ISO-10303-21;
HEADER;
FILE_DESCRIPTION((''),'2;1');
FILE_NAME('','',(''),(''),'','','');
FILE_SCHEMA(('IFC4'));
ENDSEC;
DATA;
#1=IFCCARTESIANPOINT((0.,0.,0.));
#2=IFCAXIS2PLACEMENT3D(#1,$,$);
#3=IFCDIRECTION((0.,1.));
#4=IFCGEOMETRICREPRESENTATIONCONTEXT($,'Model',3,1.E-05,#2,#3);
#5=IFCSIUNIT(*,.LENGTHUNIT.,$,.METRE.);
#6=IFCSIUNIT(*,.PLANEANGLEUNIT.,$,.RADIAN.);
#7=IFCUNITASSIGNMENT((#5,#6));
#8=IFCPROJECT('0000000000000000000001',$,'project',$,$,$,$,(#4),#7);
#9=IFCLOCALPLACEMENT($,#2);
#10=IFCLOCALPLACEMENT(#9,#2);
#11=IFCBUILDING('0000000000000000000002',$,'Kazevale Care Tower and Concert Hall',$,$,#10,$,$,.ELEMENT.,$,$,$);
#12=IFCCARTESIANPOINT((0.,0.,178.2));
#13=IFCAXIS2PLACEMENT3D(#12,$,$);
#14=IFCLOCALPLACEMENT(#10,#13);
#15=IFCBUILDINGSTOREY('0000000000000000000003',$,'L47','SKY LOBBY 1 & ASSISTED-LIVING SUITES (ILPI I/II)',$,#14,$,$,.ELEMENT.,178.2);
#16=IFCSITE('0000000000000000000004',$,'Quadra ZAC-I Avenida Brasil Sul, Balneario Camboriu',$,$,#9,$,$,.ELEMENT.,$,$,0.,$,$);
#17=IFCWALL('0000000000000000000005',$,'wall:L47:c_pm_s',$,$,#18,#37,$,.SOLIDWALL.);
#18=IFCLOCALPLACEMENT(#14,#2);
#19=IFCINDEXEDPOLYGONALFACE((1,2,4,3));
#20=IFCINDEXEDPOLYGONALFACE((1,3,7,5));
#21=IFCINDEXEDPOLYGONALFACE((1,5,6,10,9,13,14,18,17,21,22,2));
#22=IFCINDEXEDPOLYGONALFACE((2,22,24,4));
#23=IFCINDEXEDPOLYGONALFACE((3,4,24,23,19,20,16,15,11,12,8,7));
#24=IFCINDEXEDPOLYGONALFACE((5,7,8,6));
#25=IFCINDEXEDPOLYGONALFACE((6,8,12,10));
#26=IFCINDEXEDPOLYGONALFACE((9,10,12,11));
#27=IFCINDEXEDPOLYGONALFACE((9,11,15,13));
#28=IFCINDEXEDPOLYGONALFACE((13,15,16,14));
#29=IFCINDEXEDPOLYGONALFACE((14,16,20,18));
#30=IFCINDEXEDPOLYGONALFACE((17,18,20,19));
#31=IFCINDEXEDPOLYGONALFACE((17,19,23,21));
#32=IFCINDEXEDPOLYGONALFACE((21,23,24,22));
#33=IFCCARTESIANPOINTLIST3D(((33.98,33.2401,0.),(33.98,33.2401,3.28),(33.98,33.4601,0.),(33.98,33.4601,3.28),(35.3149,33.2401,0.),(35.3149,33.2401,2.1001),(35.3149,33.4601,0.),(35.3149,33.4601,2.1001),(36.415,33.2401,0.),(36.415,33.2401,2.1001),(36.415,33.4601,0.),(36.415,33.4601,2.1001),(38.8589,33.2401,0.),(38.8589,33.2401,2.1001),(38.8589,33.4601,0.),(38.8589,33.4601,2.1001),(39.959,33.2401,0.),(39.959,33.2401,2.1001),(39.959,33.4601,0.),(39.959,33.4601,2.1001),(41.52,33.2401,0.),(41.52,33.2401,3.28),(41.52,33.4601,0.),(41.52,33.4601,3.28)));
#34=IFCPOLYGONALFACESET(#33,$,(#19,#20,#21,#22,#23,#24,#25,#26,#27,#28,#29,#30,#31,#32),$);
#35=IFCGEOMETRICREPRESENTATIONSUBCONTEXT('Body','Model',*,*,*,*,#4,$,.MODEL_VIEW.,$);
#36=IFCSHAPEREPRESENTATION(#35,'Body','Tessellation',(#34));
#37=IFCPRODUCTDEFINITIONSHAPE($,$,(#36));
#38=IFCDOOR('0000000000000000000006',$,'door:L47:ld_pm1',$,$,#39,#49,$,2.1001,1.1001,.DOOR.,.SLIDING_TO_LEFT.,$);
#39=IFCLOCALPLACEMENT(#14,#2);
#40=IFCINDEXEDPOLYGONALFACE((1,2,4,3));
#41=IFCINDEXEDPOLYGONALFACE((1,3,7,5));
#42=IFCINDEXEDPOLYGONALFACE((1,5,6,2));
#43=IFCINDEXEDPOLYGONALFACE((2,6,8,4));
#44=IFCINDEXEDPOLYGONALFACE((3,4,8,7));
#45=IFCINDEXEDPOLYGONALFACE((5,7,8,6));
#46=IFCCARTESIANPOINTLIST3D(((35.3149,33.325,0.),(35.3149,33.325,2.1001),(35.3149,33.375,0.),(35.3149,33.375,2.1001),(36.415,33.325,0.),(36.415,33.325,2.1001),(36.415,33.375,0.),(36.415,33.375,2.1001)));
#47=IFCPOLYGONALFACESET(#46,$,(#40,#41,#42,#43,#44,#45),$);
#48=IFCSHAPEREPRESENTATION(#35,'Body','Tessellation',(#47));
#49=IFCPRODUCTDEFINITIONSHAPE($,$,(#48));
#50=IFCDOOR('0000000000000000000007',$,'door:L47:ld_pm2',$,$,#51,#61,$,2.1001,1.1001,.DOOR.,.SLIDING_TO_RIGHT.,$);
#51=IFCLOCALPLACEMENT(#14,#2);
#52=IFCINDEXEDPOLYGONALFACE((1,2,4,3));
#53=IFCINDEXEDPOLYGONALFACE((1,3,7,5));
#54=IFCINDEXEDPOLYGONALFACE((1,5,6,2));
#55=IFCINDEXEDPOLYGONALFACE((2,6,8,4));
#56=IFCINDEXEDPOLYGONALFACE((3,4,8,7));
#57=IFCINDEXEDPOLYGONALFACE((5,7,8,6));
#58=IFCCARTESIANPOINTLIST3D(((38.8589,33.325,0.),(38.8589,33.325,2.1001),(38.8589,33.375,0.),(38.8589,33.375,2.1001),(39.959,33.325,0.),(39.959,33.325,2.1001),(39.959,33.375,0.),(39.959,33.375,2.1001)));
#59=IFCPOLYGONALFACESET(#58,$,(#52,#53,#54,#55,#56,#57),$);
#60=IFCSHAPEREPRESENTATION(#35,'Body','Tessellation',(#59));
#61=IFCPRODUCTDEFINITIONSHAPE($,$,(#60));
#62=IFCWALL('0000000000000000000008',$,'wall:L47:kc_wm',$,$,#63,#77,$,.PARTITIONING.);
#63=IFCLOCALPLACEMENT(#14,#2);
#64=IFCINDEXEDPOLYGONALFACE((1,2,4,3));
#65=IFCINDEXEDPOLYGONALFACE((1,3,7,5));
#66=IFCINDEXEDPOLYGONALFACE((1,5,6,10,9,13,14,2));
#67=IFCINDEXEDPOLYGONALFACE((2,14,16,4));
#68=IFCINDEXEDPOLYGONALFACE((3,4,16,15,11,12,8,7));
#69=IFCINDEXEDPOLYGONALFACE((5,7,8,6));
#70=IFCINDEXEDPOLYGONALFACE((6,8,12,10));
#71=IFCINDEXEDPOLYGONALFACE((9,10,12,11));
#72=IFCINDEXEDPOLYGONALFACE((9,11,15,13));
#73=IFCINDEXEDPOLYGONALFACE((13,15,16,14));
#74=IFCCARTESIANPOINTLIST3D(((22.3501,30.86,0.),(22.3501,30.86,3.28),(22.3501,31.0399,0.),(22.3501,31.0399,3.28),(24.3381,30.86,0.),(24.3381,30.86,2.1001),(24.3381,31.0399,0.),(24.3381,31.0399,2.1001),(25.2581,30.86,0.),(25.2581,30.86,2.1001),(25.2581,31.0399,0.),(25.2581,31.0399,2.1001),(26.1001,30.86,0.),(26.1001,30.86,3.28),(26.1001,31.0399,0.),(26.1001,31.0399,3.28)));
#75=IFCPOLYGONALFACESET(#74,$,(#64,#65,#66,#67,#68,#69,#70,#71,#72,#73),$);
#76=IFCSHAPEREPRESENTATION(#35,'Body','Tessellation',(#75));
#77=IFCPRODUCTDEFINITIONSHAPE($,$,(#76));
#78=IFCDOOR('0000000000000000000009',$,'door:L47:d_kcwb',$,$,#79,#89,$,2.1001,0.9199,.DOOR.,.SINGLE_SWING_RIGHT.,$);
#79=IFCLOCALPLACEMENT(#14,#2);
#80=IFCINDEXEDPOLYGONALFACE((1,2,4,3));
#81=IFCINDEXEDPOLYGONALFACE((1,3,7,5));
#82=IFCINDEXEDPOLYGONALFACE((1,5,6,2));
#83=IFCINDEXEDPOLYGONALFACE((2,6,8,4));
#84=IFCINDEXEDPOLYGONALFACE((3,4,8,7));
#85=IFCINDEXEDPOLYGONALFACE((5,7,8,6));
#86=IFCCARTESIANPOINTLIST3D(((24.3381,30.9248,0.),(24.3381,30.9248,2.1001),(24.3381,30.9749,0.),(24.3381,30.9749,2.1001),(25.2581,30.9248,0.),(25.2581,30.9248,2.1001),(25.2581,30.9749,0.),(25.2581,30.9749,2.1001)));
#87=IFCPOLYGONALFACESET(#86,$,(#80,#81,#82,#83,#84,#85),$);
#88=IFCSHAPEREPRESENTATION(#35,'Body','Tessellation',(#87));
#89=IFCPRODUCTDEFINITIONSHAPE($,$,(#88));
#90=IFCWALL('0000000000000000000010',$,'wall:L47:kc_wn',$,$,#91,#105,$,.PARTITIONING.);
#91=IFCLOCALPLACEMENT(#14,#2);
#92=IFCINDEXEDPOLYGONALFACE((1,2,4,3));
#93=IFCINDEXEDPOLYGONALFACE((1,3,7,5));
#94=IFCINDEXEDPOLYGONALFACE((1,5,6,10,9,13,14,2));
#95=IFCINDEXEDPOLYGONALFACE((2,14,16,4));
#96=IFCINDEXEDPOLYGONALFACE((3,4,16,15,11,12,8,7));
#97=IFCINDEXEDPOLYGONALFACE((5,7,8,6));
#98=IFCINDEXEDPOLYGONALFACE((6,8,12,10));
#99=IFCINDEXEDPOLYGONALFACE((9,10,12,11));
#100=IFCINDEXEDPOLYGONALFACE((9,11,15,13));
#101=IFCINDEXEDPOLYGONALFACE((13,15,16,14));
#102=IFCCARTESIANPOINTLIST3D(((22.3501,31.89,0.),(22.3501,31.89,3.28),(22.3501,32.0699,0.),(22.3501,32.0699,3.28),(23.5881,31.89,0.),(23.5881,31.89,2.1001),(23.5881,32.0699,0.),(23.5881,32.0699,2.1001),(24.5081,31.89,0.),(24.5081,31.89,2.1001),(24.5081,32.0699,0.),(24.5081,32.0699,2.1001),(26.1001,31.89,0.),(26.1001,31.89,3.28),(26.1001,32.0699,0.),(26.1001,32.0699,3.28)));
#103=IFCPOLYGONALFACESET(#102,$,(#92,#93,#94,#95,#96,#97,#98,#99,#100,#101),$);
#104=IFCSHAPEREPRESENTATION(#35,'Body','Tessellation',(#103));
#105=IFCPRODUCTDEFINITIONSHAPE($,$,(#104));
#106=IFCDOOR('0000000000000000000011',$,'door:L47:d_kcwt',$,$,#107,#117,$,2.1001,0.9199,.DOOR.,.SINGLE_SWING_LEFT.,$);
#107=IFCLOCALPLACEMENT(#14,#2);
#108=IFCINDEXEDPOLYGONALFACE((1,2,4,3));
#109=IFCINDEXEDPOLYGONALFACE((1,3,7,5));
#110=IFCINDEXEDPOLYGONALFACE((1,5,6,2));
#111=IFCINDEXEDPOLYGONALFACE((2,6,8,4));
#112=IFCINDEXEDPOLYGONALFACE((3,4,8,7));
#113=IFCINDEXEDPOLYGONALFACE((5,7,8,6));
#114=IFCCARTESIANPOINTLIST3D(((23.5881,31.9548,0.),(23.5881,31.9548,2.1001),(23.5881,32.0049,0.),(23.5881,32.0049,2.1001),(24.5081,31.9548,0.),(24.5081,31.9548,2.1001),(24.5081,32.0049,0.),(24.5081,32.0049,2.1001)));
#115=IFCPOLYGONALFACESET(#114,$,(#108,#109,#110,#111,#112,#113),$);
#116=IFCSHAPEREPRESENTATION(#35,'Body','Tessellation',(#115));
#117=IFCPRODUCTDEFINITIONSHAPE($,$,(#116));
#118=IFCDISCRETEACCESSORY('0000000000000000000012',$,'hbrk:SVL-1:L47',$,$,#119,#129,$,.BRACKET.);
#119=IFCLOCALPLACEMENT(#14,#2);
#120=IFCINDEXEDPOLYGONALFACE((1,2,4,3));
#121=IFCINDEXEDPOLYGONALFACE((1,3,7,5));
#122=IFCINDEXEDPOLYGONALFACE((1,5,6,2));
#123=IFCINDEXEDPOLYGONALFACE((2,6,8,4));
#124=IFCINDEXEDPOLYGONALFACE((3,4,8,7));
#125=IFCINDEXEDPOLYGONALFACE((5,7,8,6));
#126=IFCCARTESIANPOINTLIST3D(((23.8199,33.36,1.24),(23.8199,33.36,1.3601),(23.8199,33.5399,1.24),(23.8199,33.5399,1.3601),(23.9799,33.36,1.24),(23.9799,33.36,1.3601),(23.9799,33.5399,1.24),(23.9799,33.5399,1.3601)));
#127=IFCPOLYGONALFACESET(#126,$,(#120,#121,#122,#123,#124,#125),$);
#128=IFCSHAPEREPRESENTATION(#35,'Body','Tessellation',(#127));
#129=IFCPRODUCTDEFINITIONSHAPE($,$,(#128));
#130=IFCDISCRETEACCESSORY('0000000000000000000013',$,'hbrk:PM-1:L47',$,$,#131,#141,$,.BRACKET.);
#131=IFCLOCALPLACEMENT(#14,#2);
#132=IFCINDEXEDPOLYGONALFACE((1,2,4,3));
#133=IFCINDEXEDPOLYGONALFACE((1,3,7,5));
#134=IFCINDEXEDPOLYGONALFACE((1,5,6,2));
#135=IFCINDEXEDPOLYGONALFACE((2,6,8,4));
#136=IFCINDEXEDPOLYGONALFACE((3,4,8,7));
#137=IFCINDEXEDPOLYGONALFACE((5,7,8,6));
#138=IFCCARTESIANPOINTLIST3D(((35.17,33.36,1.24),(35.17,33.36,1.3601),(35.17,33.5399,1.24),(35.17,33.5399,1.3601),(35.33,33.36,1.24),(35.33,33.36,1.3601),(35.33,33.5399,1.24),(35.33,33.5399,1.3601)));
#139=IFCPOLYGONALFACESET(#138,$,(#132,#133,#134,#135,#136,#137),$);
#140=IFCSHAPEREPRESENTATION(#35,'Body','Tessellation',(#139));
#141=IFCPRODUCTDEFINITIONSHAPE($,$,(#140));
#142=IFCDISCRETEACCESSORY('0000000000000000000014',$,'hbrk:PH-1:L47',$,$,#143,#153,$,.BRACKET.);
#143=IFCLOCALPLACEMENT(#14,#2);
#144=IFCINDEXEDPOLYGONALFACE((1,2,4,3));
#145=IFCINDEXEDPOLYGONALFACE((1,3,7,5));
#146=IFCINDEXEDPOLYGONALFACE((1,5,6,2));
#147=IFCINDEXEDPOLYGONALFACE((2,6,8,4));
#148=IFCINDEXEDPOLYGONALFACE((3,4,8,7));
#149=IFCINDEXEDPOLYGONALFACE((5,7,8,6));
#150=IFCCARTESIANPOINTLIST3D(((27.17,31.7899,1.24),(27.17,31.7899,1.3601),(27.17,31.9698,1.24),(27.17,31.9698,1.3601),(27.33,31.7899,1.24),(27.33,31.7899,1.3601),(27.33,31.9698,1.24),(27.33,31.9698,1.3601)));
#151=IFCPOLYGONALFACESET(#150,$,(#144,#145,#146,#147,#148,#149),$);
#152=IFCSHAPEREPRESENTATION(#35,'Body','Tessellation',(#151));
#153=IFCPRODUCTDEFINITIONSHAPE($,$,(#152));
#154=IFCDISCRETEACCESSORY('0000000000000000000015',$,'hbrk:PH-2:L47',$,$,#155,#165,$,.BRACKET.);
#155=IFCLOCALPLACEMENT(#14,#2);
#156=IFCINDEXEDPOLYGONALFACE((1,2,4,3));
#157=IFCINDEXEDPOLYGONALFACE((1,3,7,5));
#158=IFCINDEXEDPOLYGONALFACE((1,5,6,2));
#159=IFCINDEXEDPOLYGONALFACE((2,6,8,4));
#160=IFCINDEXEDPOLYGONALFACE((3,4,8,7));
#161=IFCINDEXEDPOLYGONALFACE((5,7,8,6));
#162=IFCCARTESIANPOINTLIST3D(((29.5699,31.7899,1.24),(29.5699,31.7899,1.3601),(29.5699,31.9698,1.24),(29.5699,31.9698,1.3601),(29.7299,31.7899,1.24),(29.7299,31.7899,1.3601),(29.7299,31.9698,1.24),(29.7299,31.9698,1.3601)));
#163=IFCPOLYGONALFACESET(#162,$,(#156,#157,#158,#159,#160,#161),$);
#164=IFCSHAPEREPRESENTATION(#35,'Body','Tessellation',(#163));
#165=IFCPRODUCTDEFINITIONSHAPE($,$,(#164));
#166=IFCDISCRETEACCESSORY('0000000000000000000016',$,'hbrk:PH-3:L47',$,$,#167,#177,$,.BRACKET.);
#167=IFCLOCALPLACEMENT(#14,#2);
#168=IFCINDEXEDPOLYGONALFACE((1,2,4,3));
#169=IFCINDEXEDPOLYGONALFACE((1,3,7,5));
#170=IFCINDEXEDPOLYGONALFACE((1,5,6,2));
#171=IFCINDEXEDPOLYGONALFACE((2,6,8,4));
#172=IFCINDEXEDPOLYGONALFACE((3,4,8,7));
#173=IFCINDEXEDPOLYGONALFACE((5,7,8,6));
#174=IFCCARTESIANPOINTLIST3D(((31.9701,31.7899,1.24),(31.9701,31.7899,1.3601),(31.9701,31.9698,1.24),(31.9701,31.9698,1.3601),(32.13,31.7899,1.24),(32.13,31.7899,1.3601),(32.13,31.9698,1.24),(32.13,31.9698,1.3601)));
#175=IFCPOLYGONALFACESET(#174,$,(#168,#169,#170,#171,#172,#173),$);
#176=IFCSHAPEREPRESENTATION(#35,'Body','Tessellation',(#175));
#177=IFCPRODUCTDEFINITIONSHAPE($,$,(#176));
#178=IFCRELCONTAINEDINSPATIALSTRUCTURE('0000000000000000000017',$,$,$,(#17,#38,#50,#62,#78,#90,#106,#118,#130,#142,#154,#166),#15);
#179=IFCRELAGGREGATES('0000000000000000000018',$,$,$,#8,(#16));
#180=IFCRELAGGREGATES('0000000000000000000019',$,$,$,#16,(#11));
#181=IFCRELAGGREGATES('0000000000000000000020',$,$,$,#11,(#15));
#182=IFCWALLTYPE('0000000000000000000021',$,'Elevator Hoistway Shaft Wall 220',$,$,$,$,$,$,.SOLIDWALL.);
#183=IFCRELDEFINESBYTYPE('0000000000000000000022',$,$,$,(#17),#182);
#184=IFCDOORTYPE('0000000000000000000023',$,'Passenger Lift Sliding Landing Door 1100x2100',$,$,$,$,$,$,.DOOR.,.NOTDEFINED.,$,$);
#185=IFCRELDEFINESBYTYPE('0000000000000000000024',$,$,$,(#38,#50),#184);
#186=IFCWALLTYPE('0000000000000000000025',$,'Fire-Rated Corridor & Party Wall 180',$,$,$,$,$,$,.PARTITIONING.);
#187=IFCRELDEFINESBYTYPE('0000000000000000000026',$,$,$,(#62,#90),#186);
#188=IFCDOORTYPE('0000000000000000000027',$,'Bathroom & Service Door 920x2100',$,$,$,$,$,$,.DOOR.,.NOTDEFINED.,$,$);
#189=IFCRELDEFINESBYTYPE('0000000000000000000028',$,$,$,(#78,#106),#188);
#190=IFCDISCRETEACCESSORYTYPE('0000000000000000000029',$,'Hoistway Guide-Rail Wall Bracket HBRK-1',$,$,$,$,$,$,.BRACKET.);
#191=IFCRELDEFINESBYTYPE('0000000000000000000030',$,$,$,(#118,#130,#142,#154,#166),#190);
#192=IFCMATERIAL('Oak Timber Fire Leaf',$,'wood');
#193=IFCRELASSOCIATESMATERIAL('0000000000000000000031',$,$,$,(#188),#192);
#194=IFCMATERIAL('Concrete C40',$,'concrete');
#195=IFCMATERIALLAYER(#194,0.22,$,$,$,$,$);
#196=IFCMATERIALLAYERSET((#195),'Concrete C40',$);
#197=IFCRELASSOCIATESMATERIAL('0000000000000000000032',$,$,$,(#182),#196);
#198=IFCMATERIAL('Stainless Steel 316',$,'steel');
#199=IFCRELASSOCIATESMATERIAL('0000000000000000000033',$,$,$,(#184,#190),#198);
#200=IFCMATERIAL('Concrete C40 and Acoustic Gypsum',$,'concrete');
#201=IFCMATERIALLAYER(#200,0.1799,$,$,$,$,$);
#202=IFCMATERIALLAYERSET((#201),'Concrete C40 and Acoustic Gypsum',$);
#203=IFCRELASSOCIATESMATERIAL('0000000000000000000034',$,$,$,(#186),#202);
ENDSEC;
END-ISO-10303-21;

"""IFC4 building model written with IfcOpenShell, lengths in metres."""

from ifc_helpers import new_model, si_unit, direction, frame, frame_2d, origin, origin_2d, place, context, subcontext, project, spatial, rectangle, extrude, material, layer, layer_set, type_object, element, fill, save


model = new_model("IFC4")

# Units and contexts
model_context = context("Model", 3, precision=1e-05, world=origin(), true_north=direction((0.0, 1.0)))
body_context = subcontext(model_context, "Body", "Model", "MODEL_VIEW")
ifc_project = project(units=[si_unit("LENGTHUNIT", "METRE"), si_unit("PLANEANGLEUNIT", "RADIAN")], contexts=[model_context])

# Site, building, storey
site_placement = place(None, origin())
site = spatial("IfcSite", under=ifc_project, at=site_placement, Name="Quadra ZAC-I Avenida Brasil Sul, Balneario Camboriu", CompositionType="ELEMENT", RefElevation=0.0)
building_placement = place(site_placement, origin())
building = spatial("IfcBuilding", under=site, at=building_placement, Name="Kazevale Care Tower and Concert Hall", CompositionType="ELEMENT")
storey_placement = place(building_placement, frame((0.0, 0.0, 178.2)))
storey = spatial("IfcBuildingStorey", under=building, at=storey_placement, Name="L47", Description="SKY LOBBY 1 & ASSISTED-LIVING SUITES (ILPI I/II)", CompositionType="ELEMENT", Elevation=178.2)

# Shared definitions
ifc_material_1 = material(Name="Oak Timber Fire Leaf", Category="wood")
door_type_1 = type_object("IfcDoorType", Name="Bathroom & Service Door 920x2100", OperationType="NOTDEFINED", PredefinedType="DOOR", material=ifc_material_1)

# Shared definitions
ifc_material_2 = material(Name="Concrete C40", Category="concrete")
ifc_layer_1 = layer(ifc_material_2, 0.22)
ifc_layer_set_1 = layer_set([ifc_layer_1], Name="Concrete C40")
wall_type_1 = type_object("IfcWallType", Name="Elevator Hoistway Shaft Wall 220", PredefinedType="SOLIDWALL", material=ifc_layer_set_1)

# Shared definitions
ifc_material_3 = material(Name="Stainless Steel 316", Category="steel")

# Wall, openings, doors
wall_1_placement = place(storey_placement, frame((33.98, 33.3501, 0.0), z_axis=(0.0, 0.0, 1.0), x_axis=(1.0, 0.0, 0.0)))
wall_1 = element("IfcWall", 1, at=wall_1_placement, inside=storey, type_object=wall_type_1, Name="wall:L47:c_pm_s", PredefinedType="SOLIDWALL", context=body_context, shape_type="SweptSolid", body=[
    extrude(rectangle(XDim=7.54, YDim=0.22, at=frame_2d((3.77, 0.0))), origin(), (0.0, 0.0, 1.0), 3.28),
])
opening_1_placement = place(wall_1_placement, frame((1.335, 0.0, 0.0)))
opening_1 = element("IfcOpeningElement", 2, at=opening_1_placement, cuts=wall_1, PredefinedType="OPENING", context=body_context, shape_type="SweptSolid", body=[
    extrude(rectangle(XDim=1.1001, YDim=2.1001, at=frame_2d((0.55, 1.05))), frame((0.0, 0.1199, 0.0), z_axis=(0.0, -1.0, 0.0), x_axis=(1.0, 0.0, 0.0)), (0.0, 0.0, 1.0), 0.24),
])
opening_2_placement = place(wall_1_placement, frame((4.8789, 0.0, 0.0)))
opening_2 = element("IfcOpeningElement", 3, at=opening_2_placement, cuts=wall_1, PredefinedType="OPENING", context=body_context, shape_type="SweptSolid", body=[
    extrude(rectangle(XDim=1.1001, YDim=2.1001, at=frame_2d((0.55, 1.05))), frame((0.0, 0.1199, 0.0), z_axis=(0.0, -1.0, 0.0), x_axis=(1.0, 0.0, 0.0)), (0.0, 0.0, 1.0), 0.24),
])
door_type_2 = type_object("IfcDoorType", Name="Passenger Lift Sliding Landing Door 1100x2100", OperationType="NOTDEFINED", PredefinedType="DOOR", material=ifc_material_3)
door_1_placement = place(opening_1_placement, origin())
door_1 = element("IfcDoor", 4, at=door_1_placement, inside=storey, type_object=door_type_2, Name="door:L47:ld_pm1", OperationType="SLIDING_TO_LEFT", OverallHeight=2.1001, OverallWidth=1.1001, PredefinedType="DOOR", context=body_context, shape_type="SweptSolid", body=[
    extrude(rectangle(XDim=1.1001, YDim=2.1001, at=frame_2d((0.55, 1.05))), frame((0.0, 0.0249, 0.0), z_axis=(0.0, -1.0, 0.0), x_axis=(1.0, 0.0, 0.0)), (0.0, 0.0, 1.0), 0.05),
])
fill(opening_1, door_1)
door_2_placement = place(opening_2_placement, origin())
door_2 = element("IfcDoor", 5, at=door_2_placement, inside=storey, type_object=door_type_2, Name="door:L47:ld_pm2", OperationType="SLIDING_TO_RIGHT", OverallHeight=2.1001, OverallWidth=1.1001, PredefinedType="DOOR", context=body_context, shape_type="SweptSolid", body=[
    extrude(rectangle(XDim=1.1001, YDim=2.1001, at=frame_2d((0.55, 1.05))), frame((0.0, 0.0249, 0.0), z_axis=(0.0, -1.0, 0.0), x_axis=(1.0, 0.0, 0.0)), (0.0, 0.0, 1.0), 0.05),
])
fill(opening_2, door_2)

# Walls, openings, doors
ifc_material_4 = material(Name="Concrete C40 and Acoustic Gypsum", Category="concrete")
ifc_layer_2 = layer(ifc_material_4, 0.1799)
ifc_layer_set_2 = layer_set([ifc_layer_2], Name="Concrete C40 and Acoustic Gypsum")
wall_type_2 = type_object("IfcWallType", Name="Fire-Rated Corridor & Party Wall 180", PredefinedType="PARTITIONING", material=ifc_layer_set_2)
wall_2_placement = place(storey_placement, frame((22.3501, 30.95, 0.0), z_axis=(0.0, 0.0, 1.0), x_axis=(1.0, 0.0, 0.0)))
wall_2 = element("IfcWall", 6, at=wall_2_placement, inside=storey, type_object=wall_type_2, Name="wall:L47:kc_wm", PredefinedType="PARTITIONING", context=body_context, shape_type="SweptSolid", body=[
    extrude(rectangle(XDim=3.75, YDim=0.1799, at=frame_2d((1.875, 0.0))), origin(), (0.0, 0.0, 1.0), 3.28),
])
opening_3_placement = place(wall_2_placement, frame((1.988, 0.0, 0.0)))
opening_3 = element("IfcOpeningElement", 7, at=opening_3_placement, cuts=wall_2, PredefinedType="OPENING", context=body_context, shape_type="SweptSolid", body=[
    extrude(rectangle(XDim=0.9199, YDim=2.1001, at=frame_2d((0.46, 1.05))), frame((0.0, 0.0999, 0.0), z_axis=(0.0, -1.0, 0.0), x_axis=(1.0, 0.0, 0.0)), (0.0, 0.0, 1.0), 0.2),
])
door_3_placement = place(opening_3_placement, origin())
door_3 = element("IfcDoor", 8, at=door_3_placement, inside=storey, type_object=door_type_1, Name="door:L47:d_kcwb", OperationType="SINGLE_SWING_RIGHT", OverallHeight=2.1001, OverallWidth=0.9199, PredefinedType="DOOR", context=body_context, shape_type="SweptSolid", body=[
    extrude(rectangle(XDim=0.9199, YDim=2.1001, at=frame_2d((0.46, 1.05))), frame((0.0, 0.0249, 0.0), z_axis=(0.0, -1.0, 0.0), x_axis=(1.0, 0.0, 0.0)), (0.0, 0.0, 1.0), 0.05),
])
fill(opening_3, door_3)
wall_3_placement = place(storey_placement, frame((22.3501, 31.98, 0.0), z_axis=(0.0, 0.0, 1.0), x_axis=(1.0, 0.0, 0.0)))
wall_3 = element("IfcWall", 9, at=wall_3_placement, inside=storey, type_object=wall_type_2, Name="wall:L47:kc_wn", PredefinedType="PARTITIONING", context=body_context, shape_type="SweptSolid", body=[
    extrude(rectangle(XDim=3.75, YDim=0.1799, at=frame_2d((1.875, 0.0))), origin(), (0.0, 0.0, 1.0), 3.28),
])
opening_4_placement = place(wall_3_placement, frame((1.238, 0.0, 0.0)))
opening_4 = element("IfcOpeningElement", 10, at=opening_4_placement, cuts=wall_3, PredefinedType="OPENING", context=body_context, shape_type="SweptSolid", body=[
    extrude(rectangle(XDim=0.9199, YDim=2.1001, at=frame_2d((0.46, 1.05))), frame((0.0, 0.0999, 0.0), z_axis=(0.0, -1.0, 0.0), x_axis=(1.0, 0.0, 0.0)), (0.0, 0.0, 1.0), 0.2),
])
door_4_placement = place(opening_4_placement, origin())
door_4 = element("IfcDoor", 11, at=door_4_placement, inside=storey, type_object=door_type_1, Name="door:L47:d_kcwt", OperationType="SINGLE_SWING_LEFT", OverallHeight=2.1001, OverallWidth=0.9199, PredefinedType="DOOR", context=body_context, shape_type="SweptSolid", body=[
    extrude(rectangle(XDim=0.9199, YDim=2.1001, at=frame_2d((0.46, 1.05))), frame((0.0, 0.0249, 0.0), z_axis=(0.0, -1.0, 0.0), x_axis=(1.0, 0.0, 0.0)), (0.0, 0.0, 1.0), 0.05),
])
fill(opening_4, door_4)

# Discrete accessories
discrete_accessory_type = type_object("IfcDiscreteAccessoryType", Name="Hoistway Guide-Rail Wall Bracket HBRK-1", PredefinedType="BRACKET", material=ifc_material_3)
for number, where, z_axis, x_axis, name in (
    (12, (23.8999, 33.45, 1.24), (0.0, 0.0, 1.0), (1.0, 0.0, 0.0), "hbrk:SVL-1:L47"),
    (13, (35.25, 33.45, 1.24), (0.0, 0.0, 1.0), (1.0, 0.0, 0.0), "hbrk:PM-1:L47"),
    (14, (27.25, 31.8799, 1.24), (0.0, 0.0, 1.0), (1.0, 0.0, 0.0), "hbrk:PH-1:L47"),
    (15, (29.6499, 31.8799, 1.24), (0.0, 0.0, 1.0), (1.0, 0.0, 0.0), "hbrk:PH-2:L47"),
    (16, (32.05, 31.8799, 1.24), (0.0, 0.0, 1.0), (1.0, 0.0, 0.0), "hbrk:PH-3:L47"),
):
    element("IfcDiscreteAccessory", number, at=place(storey_placement, frame(where, z_axis=z_axis, x_axis=x_axis)), inside=storey, type_object=discrete_accessory_type, Name=name, PredefinedType="BRACKET", context=body_context, shape_type="SweptSolid", body=[
        extrude(rectangle(XDim=0.1599, YDim=0.1799, at=origin_2d()), origin(), (0.0, 0.0, 1.0), 0.1201),
    ])

save(model, "model.ifc")
